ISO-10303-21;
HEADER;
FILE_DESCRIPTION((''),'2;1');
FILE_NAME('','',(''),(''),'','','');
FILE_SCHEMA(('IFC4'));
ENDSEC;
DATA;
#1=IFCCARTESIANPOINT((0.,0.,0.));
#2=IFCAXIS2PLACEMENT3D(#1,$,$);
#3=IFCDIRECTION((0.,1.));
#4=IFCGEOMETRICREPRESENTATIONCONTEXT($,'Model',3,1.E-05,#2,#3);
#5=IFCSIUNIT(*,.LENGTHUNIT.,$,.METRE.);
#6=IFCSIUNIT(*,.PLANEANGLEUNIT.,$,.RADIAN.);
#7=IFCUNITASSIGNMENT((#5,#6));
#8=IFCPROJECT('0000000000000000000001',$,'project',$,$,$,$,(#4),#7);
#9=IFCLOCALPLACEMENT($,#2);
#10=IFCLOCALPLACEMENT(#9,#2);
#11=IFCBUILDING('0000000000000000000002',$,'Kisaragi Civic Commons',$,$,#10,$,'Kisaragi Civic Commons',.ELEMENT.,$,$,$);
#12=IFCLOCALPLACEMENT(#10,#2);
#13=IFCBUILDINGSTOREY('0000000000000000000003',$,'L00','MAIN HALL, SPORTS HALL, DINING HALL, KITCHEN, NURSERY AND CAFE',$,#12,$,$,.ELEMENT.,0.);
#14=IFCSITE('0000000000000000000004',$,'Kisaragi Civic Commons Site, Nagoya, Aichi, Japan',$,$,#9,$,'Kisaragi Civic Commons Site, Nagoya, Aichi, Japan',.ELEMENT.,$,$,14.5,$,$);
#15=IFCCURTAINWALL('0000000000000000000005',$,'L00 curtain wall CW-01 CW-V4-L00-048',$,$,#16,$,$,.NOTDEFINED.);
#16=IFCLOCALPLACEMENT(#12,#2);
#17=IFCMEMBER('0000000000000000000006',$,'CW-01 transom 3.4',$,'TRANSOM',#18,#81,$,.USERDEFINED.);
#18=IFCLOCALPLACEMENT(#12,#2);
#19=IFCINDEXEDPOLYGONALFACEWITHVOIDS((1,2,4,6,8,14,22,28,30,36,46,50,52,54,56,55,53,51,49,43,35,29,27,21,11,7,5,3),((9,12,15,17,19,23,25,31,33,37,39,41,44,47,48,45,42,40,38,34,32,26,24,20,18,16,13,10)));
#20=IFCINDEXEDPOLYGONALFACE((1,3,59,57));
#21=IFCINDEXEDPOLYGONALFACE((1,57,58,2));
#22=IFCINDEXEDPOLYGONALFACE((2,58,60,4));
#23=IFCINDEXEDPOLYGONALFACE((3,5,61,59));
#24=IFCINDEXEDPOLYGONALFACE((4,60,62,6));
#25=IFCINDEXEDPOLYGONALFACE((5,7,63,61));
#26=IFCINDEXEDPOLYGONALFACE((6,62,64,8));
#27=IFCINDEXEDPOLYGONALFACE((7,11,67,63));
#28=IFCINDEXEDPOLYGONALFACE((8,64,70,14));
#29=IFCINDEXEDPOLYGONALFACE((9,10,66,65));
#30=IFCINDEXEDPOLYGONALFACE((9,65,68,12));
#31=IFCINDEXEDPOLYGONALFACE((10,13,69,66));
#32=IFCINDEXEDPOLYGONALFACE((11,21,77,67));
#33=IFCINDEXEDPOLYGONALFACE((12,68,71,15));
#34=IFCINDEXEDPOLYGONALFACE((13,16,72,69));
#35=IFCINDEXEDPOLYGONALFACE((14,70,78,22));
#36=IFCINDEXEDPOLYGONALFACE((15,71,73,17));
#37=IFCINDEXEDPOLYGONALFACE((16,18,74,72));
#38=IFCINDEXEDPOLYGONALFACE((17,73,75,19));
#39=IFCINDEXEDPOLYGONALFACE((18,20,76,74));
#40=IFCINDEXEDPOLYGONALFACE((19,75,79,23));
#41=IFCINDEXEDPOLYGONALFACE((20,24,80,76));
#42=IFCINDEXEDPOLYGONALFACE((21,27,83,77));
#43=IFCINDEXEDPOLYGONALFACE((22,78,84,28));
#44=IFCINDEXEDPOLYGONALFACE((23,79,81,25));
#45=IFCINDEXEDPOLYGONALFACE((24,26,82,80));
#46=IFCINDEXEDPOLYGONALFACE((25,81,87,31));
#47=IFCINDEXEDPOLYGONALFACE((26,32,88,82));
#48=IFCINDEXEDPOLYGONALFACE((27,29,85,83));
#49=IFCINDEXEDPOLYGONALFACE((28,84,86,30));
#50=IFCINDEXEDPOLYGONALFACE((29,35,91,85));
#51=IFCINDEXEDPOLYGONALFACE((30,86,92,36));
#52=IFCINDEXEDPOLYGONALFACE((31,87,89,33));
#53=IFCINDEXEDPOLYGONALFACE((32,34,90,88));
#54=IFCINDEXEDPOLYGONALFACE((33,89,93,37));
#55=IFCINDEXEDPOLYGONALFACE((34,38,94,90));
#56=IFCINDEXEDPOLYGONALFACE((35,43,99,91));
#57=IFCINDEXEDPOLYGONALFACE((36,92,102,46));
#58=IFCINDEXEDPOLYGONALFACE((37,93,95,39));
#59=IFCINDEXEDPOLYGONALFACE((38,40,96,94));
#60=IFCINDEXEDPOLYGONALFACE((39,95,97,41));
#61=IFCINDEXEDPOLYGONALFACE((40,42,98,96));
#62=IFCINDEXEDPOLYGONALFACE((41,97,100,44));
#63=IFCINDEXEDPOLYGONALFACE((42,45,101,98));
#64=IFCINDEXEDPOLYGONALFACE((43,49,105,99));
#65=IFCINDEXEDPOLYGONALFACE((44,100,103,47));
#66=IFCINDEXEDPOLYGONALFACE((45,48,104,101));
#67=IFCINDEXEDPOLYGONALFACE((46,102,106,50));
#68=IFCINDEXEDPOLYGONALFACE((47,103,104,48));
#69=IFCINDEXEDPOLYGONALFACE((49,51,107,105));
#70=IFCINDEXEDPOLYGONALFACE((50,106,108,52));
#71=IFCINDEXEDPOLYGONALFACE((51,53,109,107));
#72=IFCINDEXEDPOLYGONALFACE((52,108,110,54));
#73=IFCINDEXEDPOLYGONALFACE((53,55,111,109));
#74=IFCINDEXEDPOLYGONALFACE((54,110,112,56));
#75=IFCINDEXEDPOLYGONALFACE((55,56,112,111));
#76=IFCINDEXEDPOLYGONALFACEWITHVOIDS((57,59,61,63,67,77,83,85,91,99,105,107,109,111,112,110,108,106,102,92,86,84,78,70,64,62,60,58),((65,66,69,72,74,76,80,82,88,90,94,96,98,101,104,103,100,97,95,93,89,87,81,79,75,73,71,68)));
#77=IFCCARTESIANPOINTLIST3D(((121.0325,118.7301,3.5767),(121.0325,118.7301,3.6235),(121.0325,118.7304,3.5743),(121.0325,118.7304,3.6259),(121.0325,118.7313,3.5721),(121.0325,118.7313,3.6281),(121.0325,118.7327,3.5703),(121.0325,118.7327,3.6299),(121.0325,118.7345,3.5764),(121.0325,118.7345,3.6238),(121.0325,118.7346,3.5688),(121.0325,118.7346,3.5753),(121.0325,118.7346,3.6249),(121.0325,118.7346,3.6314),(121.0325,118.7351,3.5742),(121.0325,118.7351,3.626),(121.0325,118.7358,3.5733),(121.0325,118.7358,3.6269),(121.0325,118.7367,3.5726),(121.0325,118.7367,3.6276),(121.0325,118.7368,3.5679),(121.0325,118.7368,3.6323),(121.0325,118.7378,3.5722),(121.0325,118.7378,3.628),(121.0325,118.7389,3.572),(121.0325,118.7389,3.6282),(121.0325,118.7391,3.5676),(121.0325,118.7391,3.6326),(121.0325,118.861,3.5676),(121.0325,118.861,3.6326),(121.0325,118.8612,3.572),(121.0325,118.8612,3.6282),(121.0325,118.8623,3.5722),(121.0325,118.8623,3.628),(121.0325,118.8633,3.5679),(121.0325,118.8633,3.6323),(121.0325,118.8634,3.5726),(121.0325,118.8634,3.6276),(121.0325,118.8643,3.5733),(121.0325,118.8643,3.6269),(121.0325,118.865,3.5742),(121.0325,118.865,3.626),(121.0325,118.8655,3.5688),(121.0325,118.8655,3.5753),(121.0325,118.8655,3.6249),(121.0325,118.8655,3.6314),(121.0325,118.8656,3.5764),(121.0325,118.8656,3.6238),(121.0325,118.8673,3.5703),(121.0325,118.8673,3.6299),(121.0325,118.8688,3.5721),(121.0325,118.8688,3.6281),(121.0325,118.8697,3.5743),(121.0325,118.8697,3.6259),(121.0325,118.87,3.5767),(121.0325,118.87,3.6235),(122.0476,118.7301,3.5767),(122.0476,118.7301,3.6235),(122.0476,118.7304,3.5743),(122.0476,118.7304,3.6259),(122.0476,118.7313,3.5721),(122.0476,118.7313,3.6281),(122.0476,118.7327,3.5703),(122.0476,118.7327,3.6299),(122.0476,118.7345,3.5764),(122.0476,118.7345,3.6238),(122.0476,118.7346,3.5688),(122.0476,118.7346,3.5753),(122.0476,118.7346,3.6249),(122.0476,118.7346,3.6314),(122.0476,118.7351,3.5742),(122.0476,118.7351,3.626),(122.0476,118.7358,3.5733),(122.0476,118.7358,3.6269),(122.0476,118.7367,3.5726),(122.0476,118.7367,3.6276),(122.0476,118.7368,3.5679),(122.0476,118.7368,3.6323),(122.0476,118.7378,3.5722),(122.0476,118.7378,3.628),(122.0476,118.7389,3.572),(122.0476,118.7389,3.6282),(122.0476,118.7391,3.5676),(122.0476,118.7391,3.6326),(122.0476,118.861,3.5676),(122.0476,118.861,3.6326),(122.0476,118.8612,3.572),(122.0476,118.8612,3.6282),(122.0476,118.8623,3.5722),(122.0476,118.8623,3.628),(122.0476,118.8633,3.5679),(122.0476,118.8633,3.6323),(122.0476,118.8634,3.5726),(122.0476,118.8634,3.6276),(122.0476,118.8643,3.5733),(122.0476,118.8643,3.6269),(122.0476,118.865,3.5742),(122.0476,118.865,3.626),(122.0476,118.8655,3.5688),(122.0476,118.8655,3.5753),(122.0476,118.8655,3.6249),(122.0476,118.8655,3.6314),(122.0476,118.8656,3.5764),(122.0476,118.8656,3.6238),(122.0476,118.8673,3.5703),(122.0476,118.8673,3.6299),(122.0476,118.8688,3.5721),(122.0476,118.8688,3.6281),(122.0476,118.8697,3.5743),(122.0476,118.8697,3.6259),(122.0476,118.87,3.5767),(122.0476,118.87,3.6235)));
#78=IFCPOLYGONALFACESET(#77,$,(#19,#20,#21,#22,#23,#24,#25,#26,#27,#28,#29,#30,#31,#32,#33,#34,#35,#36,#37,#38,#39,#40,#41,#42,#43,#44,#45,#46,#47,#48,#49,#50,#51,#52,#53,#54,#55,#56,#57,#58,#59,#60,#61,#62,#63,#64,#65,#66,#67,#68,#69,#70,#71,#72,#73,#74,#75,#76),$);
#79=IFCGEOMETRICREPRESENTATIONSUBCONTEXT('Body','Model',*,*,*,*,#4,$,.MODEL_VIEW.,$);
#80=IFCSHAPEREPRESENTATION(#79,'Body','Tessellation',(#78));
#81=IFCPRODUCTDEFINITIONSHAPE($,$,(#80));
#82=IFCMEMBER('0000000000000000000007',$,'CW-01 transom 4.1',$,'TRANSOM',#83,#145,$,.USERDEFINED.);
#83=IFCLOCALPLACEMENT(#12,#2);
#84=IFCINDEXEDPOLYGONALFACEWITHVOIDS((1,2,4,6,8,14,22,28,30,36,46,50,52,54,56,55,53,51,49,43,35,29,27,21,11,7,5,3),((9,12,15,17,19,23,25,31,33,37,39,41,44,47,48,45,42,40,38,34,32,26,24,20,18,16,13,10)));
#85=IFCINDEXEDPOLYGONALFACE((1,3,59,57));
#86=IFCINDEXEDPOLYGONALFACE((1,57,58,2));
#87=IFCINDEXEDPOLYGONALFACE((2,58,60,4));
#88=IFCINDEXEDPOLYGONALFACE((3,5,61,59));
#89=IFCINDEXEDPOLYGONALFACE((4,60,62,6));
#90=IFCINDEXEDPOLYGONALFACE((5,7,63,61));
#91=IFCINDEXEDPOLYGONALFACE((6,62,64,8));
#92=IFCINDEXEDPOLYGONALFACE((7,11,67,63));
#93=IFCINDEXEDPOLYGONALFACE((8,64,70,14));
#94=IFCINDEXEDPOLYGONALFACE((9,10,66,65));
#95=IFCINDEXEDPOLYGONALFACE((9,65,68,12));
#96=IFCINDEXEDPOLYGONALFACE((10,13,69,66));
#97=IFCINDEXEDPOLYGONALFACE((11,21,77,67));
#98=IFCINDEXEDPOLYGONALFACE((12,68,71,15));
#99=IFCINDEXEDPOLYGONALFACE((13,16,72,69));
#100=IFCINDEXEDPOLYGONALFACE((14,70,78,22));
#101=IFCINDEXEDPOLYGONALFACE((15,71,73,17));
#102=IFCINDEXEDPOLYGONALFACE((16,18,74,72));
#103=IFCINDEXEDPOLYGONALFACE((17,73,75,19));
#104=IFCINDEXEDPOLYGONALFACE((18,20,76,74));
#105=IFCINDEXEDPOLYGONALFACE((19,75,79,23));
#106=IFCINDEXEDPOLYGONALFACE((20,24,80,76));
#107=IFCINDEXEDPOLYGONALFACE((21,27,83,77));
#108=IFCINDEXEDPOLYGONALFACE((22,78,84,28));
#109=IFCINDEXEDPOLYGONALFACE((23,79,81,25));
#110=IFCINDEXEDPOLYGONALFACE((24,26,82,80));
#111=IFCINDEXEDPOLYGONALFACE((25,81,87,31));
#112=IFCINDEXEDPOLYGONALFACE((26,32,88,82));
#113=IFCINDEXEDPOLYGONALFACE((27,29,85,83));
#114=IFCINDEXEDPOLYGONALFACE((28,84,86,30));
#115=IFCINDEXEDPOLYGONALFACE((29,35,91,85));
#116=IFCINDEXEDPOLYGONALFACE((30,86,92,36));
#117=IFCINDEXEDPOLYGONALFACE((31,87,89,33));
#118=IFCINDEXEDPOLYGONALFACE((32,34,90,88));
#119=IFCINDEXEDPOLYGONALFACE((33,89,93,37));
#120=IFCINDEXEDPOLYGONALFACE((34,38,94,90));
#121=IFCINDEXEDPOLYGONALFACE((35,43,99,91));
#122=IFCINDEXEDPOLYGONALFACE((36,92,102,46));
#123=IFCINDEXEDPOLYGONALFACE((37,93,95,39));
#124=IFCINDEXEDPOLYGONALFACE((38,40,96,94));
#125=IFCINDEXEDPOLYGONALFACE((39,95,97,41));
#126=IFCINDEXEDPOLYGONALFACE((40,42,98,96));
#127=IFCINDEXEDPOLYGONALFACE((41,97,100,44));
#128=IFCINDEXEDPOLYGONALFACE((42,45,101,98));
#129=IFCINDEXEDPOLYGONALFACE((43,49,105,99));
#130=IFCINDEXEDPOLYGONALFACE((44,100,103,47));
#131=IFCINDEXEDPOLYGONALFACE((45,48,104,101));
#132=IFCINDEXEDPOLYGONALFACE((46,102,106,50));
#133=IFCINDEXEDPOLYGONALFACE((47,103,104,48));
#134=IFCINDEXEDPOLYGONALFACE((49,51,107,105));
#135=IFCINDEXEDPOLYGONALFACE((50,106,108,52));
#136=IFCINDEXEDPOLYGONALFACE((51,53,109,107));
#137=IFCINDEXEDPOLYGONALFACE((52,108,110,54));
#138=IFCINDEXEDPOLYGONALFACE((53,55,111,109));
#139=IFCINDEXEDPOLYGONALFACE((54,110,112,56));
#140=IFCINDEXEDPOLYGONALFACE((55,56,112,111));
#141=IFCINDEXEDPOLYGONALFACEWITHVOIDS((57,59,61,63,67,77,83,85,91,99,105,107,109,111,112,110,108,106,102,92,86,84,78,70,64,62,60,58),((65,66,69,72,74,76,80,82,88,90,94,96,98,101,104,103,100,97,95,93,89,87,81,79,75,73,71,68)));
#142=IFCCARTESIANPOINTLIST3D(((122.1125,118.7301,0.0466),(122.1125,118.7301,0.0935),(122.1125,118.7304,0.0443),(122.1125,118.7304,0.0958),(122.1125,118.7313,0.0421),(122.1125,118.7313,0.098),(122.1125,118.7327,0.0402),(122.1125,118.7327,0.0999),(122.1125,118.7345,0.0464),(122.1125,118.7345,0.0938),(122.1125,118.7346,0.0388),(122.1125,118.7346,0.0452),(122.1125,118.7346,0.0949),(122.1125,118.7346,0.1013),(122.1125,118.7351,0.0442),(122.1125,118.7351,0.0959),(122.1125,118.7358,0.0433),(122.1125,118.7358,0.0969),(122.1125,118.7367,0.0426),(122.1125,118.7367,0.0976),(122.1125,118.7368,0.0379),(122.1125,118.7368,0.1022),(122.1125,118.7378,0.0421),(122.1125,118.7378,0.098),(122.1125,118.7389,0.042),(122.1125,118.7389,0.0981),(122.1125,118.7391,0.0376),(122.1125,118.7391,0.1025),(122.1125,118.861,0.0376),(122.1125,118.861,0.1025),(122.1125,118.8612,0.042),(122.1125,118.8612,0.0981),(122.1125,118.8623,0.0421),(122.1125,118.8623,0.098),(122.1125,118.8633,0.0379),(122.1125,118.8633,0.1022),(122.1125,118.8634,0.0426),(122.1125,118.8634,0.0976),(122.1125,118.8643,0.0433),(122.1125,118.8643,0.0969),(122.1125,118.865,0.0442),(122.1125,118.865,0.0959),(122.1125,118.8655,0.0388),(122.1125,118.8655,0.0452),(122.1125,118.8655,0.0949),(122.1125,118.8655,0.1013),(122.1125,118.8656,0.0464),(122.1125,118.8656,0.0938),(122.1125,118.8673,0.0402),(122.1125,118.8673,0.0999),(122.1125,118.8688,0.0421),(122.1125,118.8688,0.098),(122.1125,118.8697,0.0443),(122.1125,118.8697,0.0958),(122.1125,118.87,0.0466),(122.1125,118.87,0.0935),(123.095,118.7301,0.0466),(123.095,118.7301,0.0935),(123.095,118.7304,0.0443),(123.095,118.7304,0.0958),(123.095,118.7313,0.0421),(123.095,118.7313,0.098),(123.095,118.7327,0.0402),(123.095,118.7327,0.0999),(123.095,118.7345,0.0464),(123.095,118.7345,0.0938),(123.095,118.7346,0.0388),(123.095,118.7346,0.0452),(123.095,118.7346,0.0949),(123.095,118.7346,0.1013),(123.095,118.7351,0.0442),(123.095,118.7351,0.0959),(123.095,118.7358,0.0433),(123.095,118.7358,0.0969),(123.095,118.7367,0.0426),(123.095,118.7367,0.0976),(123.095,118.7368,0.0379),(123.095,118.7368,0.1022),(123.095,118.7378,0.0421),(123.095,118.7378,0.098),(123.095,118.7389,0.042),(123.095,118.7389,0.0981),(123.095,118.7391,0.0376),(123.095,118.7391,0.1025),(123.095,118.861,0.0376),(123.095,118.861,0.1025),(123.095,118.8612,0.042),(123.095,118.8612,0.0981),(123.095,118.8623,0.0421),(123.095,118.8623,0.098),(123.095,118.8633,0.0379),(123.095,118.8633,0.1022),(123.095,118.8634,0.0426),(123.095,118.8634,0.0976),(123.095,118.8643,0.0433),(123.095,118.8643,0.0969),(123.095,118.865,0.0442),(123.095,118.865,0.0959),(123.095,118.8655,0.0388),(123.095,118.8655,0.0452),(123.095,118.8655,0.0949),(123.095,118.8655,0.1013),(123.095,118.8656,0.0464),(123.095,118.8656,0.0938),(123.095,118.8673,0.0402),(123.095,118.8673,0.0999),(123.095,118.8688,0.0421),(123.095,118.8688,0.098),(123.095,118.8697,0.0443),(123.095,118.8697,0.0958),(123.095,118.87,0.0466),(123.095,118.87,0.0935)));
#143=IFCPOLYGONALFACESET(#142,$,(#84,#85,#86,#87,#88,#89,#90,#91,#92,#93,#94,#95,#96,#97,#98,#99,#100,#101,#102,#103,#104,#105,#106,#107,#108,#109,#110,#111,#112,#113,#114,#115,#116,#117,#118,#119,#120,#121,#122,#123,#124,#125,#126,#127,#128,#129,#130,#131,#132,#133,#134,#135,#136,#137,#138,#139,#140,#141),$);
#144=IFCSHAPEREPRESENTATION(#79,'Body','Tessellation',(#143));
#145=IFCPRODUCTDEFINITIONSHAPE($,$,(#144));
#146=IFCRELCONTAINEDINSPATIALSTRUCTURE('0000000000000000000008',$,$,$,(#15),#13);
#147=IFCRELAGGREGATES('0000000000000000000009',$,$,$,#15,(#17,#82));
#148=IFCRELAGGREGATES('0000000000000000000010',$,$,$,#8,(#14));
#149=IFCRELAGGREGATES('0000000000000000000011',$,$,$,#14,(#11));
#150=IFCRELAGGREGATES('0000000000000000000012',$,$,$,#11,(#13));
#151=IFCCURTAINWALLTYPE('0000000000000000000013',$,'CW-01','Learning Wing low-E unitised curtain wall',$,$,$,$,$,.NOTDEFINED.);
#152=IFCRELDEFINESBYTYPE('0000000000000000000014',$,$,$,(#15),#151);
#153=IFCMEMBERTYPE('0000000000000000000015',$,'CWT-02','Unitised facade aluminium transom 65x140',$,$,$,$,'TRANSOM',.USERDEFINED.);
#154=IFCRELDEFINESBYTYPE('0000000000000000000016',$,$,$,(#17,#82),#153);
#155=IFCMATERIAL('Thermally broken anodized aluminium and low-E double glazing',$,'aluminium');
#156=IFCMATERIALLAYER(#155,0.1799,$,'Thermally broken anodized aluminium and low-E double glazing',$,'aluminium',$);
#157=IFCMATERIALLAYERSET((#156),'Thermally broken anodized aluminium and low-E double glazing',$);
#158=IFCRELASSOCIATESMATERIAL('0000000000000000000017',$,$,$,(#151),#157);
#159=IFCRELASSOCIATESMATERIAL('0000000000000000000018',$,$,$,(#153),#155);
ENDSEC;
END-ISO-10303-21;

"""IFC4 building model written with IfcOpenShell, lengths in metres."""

from ifc_helpers import new_model, si_unit, direction, frame, origin, origin_2d, place, context, subcontext, project, spatial, hollow_rectangle, extrude, material, layer, layer_set, material_profile, profile_set, type_object, element, aggregate, save


model = new_model("IFC4")

# Units and contexts
model_context = context("Model", 3, precision=1e-05, world=origin(), true_north=direction((0.0, 1.0)))
body_context = subcontext(model_context, "Body", "Model", "MODEL_VIEW")
ifc_project = project(units=[si_unit("LENGTHUNIT", "METRE"), si_unit("PLANEANGLEUNIT", "RADIAN")], contexts=[model_context])

# Site, building, storey
site_placement = place(None, origin())
site = spatial("IfcSite", under=ifc_project, at=site_placement, Name="Kisaragi Civic Commons Site, Nagoya, Aichi, Japan", LongName="Kisaragi Civic Commons Site, Nagoya, Aichi, Japan", CompositionType="ELEMENT", RefElevation=14.5)
building_placement = place(site_placement, origin())
building = spatial("IfcBuilding", under=site, at=building_placement, Name="Kisaragi Civic Commons", LongName="Kisaragi Civic Commons", CompositionType="ELEMENT")
storey_placement = place(building_placement, origin())
storey = spatial("IfcBuildingStorey", under=building, at=storey_placement, Name="L00", Description="MAIN HALL, SPORTS HALL, DINING HALL, KITCHEN, NURSERY AND CAFE", CompositionType="ELEMENT", Elevation=0.0)

# Curtain wall, members
ifc_material_1 = material(Name="Thermally broken anodized aluminium and low-E double glazing", Category="aluminium")
ifc_layer_1 = layer(ifc_material_1, 0.1799, Name="Thermally broken anodized aluminium and low-E double glazing", Category="aluminium")
ifc_layer_set_1 = layer_set([ifc_layer_1], Name="Thermally broken anodized aluminium and low-E double glazing")
curtain_wall_type = type_object("IfcCurtainWallType", Name="CW-01", Description="Learning Wing low-E unitised curtain wall", PredefinedType="NOTDEFINED", material=ifc_layer_set_1)
curtain_wall_placement = place(storey_placement, origin())
curtain_wall = element("IfcCurtainWall", 1, at=curtain_wall_placement, inside=storey, type_object=curtain_wall_type, Name="L00 curtain wall CW-01 CW-V4-L00-048", PredefinedType="NOTDEFINED")
ifc_material_profile_1 = material_profile(ifc_material_1, hollow_rectangle(XDim=0.1399, YDim=0.0649, WallThickness=0.0044, InnerFilletRadius=0.0044, OuterFilletRadius=0.009, at=origin_2d()), Name="CWT-65x140x4.5", Category="aluminium")
ifc_profile_set_1 = profile_set([ifc_material_profile_1], Name="Thermally broken anodized aluminium and low-E double glazing")
member_type_1 = type_object("IfcMemberType", Name="CWT-02", Description="Unitised facade aluminium transom 65x140", ElementType="TRANSOM", PredefinedType="USERDEFINED", material=ifc_profile_set_1)
member_1_placement = place(storey_placement, frame((121.0325, 118.8, 3.6001), z_axis=(1.0, 0.0, 0.0), x_axis=(0.0, 1.0, 0.0)))
member_1 = element("IfcMember", 2, at=member_1_placement, type_object=member_type_1, Name="CW-01 transom 3.4", ObjectType="TRANSOM", PredefinedType="USERDEFINED", context=body_context, shape_type="SweptSolid", body=[
    extrude(hollow_rectangle(XDim=0.1399, YDim=0.0649, WallThickness=0.0044, InnerFilletRadius=0.0044, OuterFilletRadius=0.009, at=origin_2d()), origin(), (0.0, 0.0, 1.0), 1.0151),
])
member_2_placement = place(storey_placement, frame((122.1125, 118.8, 0.0701), z_axis=(1.0, 0.0, 0.0), x_axis=(0.0, 1.0, 0.0)))
member_2 = element("IfcMember", 3, at=member_2_placement, type_object=member_type_1, Name="CW-01 transom 4.1", ObjectType="TRANSOM", PredefinedType="USERDEFINED", context=body_context, shape_type="SweptSolid", body=[
    extrude(hollow_rectangle(XDim=0.1399, YDim=0.0649, WallThickness=0.0044, InnerFilletRadius=0.0044, OuterFilletRadius=0.009, at=origin_2d()), origin(), (0.0, 0.0, 1.0), 0.9824),
])

aggregate(curtain_wall, [member_1, member_2])

save(model, "model.ifc")
